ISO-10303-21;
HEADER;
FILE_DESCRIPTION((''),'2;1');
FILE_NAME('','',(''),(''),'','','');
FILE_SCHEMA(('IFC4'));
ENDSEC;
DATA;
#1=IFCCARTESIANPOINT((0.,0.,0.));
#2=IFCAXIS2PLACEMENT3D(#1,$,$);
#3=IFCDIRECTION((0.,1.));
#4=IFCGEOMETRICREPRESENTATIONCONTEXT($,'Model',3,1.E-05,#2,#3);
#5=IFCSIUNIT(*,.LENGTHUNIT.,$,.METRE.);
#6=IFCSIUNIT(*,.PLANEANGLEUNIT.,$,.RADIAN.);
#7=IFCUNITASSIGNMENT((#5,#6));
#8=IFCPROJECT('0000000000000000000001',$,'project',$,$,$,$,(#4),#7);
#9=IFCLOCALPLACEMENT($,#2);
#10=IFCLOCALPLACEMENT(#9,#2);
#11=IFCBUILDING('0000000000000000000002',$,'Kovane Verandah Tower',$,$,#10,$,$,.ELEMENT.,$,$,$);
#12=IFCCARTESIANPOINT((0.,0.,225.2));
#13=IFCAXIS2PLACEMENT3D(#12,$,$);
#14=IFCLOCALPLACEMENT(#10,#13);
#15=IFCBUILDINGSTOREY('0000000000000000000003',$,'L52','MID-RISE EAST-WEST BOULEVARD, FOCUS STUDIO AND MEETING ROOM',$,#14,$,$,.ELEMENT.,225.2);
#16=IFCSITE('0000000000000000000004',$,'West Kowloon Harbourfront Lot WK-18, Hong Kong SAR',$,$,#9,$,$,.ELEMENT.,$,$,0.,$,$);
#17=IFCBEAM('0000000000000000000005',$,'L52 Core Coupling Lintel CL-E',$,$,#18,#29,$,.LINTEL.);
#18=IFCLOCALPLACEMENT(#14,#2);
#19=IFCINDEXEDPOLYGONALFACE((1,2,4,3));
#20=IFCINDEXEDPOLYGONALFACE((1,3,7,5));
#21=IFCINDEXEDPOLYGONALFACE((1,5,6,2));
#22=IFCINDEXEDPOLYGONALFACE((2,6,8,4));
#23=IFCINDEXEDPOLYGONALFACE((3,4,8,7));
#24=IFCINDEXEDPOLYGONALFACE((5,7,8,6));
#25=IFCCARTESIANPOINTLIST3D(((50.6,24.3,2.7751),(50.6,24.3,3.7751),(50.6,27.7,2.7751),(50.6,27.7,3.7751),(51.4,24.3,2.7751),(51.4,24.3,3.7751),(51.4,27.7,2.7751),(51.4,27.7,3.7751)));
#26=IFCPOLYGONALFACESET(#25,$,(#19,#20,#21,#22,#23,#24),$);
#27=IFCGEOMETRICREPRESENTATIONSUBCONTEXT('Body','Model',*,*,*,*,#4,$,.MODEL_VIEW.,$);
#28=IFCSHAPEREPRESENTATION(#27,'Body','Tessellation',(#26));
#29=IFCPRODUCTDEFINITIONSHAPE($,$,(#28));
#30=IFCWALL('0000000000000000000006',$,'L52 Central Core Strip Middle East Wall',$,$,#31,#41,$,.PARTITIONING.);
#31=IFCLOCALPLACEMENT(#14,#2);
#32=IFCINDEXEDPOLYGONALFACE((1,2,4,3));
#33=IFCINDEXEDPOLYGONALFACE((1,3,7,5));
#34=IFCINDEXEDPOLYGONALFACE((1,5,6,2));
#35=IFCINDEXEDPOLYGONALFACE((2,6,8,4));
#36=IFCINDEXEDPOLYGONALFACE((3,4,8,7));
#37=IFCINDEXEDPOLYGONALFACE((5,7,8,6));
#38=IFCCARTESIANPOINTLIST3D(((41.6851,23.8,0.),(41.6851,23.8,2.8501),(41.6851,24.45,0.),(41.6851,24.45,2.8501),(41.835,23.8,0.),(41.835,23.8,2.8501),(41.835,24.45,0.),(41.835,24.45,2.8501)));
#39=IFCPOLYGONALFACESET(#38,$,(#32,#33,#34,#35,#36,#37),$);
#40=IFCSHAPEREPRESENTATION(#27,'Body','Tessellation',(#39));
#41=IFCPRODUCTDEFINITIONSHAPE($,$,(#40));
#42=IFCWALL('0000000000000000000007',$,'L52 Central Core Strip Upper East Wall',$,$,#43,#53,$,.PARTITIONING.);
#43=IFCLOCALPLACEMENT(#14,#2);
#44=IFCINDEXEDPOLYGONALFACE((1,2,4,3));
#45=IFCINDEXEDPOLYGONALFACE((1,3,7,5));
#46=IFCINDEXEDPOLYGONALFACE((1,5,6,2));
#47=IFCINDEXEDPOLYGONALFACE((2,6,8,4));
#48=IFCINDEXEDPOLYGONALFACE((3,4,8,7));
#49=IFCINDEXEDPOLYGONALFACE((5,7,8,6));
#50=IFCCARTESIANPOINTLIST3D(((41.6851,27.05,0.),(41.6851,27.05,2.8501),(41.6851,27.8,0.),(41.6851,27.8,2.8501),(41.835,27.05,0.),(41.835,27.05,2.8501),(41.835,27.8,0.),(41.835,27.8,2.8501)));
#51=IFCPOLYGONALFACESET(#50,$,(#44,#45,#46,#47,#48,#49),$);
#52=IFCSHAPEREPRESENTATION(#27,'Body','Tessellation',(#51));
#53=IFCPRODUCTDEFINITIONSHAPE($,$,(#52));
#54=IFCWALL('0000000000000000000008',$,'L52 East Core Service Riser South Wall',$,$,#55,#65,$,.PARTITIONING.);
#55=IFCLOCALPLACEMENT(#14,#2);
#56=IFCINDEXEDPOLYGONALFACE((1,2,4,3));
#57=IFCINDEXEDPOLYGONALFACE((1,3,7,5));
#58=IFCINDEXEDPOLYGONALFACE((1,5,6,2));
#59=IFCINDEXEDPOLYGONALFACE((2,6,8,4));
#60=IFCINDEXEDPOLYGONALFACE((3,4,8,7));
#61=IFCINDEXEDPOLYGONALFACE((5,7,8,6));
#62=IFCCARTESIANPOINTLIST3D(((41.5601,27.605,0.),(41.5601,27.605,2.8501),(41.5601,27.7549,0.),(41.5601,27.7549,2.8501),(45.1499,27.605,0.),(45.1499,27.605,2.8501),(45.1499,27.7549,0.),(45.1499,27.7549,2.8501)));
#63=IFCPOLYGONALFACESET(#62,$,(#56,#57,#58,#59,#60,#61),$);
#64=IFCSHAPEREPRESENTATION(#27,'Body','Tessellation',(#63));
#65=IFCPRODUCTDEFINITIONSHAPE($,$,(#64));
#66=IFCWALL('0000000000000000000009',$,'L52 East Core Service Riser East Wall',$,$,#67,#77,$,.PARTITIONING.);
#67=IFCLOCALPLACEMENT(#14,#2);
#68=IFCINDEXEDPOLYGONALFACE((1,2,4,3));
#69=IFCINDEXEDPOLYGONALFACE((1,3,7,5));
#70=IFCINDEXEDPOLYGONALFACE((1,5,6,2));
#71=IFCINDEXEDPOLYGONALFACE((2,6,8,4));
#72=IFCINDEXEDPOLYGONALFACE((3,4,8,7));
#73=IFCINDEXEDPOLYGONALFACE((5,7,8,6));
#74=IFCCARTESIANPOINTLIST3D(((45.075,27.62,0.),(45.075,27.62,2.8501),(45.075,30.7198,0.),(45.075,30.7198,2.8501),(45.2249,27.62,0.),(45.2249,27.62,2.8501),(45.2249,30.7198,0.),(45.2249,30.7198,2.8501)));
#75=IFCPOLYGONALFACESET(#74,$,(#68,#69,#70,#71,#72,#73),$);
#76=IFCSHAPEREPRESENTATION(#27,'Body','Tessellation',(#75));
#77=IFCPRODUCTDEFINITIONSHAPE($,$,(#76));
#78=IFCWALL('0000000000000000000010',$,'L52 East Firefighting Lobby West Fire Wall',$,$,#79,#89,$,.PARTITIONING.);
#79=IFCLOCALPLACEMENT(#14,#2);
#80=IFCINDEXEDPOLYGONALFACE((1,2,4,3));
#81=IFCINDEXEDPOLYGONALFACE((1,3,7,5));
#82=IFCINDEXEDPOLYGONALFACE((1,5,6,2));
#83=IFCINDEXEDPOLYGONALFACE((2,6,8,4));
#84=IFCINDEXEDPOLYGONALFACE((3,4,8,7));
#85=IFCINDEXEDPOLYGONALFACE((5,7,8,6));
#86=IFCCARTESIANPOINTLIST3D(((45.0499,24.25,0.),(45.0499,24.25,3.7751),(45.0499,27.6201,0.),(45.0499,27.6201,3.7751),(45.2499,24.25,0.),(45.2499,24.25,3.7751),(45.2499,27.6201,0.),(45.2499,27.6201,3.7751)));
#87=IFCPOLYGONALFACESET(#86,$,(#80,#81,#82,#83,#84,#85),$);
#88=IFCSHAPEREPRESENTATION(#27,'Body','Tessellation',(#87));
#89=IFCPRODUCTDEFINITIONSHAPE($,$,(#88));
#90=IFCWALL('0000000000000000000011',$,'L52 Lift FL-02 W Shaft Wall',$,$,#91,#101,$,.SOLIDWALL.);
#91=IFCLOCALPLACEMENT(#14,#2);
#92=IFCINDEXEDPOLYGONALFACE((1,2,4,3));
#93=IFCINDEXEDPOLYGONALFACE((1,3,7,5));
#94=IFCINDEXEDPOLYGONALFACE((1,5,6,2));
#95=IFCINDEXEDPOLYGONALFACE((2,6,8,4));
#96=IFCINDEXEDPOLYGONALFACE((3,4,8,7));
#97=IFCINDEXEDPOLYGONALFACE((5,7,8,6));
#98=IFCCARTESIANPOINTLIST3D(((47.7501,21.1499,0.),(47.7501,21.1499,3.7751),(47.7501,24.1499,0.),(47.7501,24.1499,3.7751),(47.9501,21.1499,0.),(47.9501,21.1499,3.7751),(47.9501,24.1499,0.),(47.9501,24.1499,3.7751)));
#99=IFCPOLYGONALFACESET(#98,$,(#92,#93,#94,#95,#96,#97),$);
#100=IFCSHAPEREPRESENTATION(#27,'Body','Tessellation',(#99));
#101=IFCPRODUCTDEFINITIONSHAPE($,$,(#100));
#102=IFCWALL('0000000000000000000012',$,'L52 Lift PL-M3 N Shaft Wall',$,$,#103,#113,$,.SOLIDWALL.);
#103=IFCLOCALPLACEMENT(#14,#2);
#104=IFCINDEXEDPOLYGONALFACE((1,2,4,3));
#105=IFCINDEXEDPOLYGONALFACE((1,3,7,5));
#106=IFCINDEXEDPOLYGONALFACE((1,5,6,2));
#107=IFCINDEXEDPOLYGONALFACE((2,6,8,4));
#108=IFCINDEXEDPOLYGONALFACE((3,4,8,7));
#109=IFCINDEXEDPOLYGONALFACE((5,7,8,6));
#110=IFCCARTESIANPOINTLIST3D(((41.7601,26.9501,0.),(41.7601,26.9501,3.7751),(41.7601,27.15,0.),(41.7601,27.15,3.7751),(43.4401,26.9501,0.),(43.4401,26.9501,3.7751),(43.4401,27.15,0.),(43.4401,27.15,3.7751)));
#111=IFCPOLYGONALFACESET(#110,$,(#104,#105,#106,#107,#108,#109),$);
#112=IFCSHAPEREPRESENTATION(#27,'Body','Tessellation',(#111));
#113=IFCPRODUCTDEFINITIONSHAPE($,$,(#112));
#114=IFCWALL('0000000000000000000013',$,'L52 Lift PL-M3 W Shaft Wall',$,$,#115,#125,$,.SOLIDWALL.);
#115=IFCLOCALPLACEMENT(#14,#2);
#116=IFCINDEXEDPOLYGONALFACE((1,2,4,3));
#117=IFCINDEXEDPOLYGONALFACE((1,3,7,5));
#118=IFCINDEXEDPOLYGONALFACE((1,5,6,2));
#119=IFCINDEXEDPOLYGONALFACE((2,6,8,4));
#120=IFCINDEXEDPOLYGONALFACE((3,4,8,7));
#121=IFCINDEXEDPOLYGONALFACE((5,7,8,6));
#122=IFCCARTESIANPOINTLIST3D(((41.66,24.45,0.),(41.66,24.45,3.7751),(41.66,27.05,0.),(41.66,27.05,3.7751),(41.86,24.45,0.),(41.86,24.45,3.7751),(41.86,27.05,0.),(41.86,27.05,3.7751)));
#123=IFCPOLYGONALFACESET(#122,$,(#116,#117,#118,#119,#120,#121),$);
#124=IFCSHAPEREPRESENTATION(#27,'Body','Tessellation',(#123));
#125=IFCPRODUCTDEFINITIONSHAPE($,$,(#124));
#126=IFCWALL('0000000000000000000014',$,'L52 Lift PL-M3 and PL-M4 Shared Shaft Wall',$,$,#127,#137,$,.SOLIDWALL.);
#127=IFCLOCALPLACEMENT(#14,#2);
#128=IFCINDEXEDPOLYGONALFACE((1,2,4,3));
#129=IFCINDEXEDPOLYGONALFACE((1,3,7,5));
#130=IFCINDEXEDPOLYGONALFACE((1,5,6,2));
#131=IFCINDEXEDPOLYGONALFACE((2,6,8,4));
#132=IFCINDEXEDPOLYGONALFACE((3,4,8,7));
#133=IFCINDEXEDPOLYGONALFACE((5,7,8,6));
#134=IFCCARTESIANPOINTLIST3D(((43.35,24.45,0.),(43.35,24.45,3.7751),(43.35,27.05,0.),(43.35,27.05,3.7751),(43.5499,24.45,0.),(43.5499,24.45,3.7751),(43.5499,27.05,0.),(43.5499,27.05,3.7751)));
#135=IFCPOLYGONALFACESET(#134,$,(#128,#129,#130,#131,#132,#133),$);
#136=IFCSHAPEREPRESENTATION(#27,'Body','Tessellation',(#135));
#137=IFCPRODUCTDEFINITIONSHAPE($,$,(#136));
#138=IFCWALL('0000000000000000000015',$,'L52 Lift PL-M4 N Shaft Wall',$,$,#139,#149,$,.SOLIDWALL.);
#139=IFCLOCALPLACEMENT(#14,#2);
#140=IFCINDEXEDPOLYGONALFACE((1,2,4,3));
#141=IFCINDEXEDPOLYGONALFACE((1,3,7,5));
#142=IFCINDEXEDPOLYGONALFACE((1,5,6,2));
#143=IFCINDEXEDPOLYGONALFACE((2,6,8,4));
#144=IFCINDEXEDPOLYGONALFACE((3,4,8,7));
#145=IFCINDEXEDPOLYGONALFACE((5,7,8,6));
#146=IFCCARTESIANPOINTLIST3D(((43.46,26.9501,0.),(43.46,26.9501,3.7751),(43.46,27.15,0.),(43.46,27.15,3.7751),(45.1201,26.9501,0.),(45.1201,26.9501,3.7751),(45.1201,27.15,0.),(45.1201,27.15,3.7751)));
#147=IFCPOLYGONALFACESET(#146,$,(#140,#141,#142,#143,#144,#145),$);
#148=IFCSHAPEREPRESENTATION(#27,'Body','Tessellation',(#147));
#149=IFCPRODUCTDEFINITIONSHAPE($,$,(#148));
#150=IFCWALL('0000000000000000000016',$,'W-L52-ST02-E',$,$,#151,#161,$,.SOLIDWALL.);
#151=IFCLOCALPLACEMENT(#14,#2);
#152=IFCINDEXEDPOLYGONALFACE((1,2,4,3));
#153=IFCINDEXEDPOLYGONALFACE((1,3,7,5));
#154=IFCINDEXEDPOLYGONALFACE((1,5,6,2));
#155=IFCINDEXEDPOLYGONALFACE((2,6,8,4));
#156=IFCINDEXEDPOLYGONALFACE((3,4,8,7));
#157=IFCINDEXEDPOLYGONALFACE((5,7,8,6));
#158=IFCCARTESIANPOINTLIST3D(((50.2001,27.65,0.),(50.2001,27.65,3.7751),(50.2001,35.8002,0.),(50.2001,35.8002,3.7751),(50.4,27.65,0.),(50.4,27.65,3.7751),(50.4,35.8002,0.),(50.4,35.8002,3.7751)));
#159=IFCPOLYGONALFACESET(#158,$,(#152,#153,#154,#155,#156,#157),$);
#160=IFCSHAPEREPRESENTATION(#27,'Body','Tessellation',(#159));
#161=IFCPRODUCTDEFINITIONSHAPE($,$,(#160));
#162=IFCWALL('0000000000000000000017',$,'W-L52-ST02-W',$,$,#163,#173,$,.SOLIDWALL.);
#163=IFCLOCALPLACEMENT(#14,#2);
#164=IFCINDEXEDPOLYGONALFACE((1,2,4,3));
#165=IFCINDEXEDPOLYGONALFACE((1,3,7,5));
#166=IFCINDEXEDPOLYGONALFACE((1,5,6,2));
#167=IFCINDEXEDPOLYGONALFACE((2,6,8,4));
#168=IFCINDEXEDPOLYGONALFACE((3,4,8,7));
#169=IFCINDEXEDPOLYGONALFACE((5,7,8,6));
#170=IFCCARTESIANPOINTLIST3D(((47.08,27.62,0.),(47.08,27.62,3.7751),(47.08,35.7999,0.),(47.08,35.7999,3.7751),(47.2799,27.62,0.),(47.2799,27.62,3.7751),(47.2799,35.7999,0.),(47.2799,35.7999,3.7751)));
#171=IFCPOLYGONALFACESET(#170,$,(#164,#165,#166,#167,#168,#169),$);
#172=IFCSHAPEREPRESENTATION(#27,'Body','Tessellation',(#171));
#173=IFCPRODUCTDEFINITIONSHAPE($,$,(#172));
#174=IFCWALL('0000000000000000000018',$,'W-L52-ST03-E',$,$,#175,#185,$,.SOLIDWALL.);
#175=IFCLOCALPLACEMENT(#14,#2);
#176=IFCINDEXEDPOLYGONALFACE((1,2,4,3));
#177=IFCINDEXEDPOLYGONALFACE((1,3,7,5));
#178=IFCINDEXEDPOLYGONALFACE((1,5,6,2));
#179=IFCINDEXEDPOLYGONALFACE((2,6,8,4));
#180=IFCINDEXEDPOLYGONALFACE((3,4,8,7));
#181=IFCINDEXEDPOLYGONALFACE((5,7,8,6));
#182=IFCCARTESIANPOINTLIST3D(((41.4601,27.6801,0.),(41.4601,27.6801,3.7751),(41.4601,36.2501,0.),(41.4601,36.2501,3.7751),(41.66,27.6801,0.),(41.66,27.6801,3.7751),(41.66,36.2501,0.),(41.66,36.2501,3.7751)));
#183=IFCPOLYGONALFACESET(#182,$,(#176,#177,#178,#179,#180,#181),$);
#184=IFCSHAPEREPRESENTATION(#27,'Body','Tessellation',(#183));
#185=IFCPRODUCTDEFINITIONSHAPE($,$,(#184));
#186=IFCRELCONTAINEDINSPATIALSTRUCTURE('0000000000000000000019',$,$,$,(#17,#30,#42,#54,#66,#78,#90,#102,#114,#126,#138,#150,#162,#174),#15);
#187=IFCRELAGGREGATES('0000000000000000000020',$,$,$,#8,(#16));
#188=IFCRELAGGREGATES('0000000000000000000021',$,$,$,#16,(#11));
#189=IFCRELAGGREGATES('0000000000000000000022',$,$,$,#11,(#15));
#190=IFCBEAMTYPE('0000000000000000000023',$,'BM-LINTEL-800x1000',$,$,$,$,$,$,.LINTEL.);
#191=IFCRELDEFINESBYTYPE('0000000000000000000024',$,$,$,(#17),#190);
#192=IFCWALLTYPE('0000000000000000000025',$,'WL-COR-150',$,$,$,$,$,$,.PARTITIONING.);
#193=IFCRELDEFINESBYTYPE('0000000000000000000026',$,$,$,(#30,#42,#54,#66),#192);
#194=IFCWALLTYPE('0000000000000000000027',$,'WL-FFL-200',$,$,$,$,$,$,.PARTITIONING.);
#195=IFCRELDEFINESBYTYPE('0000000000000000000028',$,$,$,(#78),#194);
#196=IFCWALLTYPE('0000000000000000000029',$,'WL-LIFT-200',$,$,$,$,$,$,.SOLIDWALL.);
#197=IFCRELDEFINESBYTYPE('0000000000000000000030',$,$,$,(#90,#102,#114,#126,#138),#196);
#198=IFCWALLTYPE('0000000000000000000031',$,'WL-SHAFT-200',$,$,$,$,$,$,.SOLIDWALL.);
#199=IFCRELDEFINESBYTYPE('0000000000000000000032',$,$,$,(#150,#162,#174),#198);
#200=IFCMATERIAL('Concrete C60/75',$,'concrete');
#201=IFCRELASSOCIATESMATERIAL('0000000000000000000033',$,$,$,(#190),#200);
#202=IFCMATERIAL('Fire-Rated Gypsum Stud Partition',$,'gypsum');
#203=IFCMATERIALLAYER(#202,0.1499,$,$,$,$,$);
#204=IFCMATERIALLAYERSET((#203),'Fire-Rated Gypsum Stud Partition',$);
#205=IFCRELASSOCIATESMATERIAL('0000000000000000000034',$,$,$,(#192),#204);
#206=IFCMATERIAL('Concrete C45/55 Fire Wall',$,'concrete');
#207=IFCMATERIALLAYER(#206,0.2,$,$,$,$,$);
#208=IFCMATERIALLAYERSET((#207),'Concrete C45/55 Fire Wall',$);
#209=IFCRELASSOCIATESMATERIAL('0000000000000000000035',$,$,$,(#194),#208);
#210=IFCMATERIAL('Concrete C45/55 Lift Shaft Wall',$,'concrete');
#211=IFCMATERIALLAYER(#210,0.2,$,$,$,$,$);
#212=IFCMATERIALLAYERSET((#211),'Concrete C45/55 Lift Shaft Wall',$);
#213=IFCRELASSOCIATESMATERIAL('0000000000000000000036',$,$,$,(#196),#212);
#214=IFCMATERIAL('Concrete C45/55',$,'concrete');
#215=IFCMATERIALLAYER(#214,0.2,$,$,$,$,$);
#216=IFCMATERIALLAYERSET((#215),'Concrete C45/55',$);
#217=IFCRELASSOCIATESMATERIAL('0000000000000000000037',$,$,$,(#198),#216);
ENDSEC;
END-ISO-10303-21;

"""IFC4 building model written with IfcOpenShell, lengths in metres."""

from ifc_helpers import new_model, si_unit, direction, frame, frame_2d, origin, origin_2d, place, context, subcontext, project, spatial, rectangle, extrude, material, layer, layer_set, material_profile, profile_set, type_object, element, save


model = new_model("IFC4")

# Units and contexts
model_context = context("Model", 3, precision=1e-05, world=origin(), true_north=direction((0.0, 1.0)))
body_context = subcontext(model_context, "Body", "Model", "MODEL_VIEW")
ifc_project = project(units=[si_unit("LENGTHUNIT", "METRE"), si_unit("PLANEANGLEUNIT", "RADIAN")], contexts=[model_context])

# Site, building, storey
site_placement = place(None, origin())
site = spatial("IfcSite", under=ifc_project, at=site_placement, Name="West Kowloon Harbourfront Lot WK-18, Hong Kong SAR", CompositionType="ELEMENT", RefElevation=0.0)
building_placement = place(site_placement, origin())
building = spatial("IfcBuilding", under=site, at=building_placement, Name="Kovane Verandah Tower", CompositionType="ELEMENT")
storey_placement = place(building_placement, frame((0.0, 0.0, 225.2)))
storey = spatial("IfcBuildingStorey", under=building, at=storey_placement, Name="L52", Description="MID-RISE EAST-WEST BOULEVARD, FOCUS STUDIO AND MEETING ROOM", CompositionType="ELEMENT", Elevation=225.2)

# Beam
ifc_material_1 = material(Name="Concrete C60/75", Category="concrete")
ifc_material_profile = material_profile(ifc_material_1, rectangle(XDim=0.8, YDim=1.0, at=origin_2d()), Name="RCB800x1000")
ifc_profile_set = profile_set([ifc_material_profile], Name="Concrete C60/75")
beam_type = type_object("IfcBeamType", Name="BM-LINTEL-800x1000", PredefinedType="LINTEL", material=ifc_profile_set)
beam_placement = place(storey_placement, frame((51.0, 24.3, 3.2751), z_axis=(0.0, 1.0, 0.0), x_axis=(-1.0, 0.0, 0.0)))
element("IfcBeam", 1, at=beam_placement, inside=storey, type_object=beam_type, Name="L52 Core Coupling Lintel CL-E", PredefinedType="LINTEL", context=body_context, shape_type="SweptSolid", body=[
    extrude(rectangle(XDim=0.8, YDim=1.0, at=origin_2d()), origin(), (0.0, 0.0, 1.0), 3.3999),
])

# Walls
ifc_material_2 = material(Name="Fire-Rated Gypsum Stud Partition", Category="gypsum")
ifc_layer_1 = layer(ifc_material_2, 0.1499)
ifc_layer_set_1 = layer_set([ifc_layer_1], Name="Fire-Rated Gypsum Stud Partition")
wall_type_1 = type_object("IfcWallType", Name="WL-COR-150", PredefinedType="PARTITIONING", material=ifc_layer_set_1)
wall_1_placement = place(storey_placement, frame((41.76, 23.8, 0.0), z_axis=(0.0, 0.0, 1.0), x_axis=(0.0, 1.0, 0.0)))
element("IfcWall", 2, at=wall_1_placement, inside=storey, type_object=wall_type_1, Name="L52 Central Core Strip Middle East Wall", PredefinedType="PARTITIONING", context=body_context, shape_type="SweptSolid", body=[
    extrude(rectangle(XDim=0.6499, YDim=0.1499, at=frame_2d((0.325, 0.0))), origin(), (0.0, 0.0, 1.0), 2.8501),
])
wall_2_placement = place(storey_placement, frame((41.76, 27.05, 0.0), z_axis=(0.0, 0.0, 1.0), x_axis=(0.0, 1.0, 0.0)))
element("IfcWall", 3, at=wall_2_placement, inside=storey, type_object=wall_type_1, Name="L52 Central Core Strip Upper East Wall", PredefinedType="PARTITIONING", context=body_context, shape_type="SweptSolid", body=[
    extrude(rectangle(XDim=0.75, YDim=0.1499, at=frame_2d((0.375, 0.0))), origin(), (0.0, 0.0, 1.0), 2.8501),
])
wall_3_placement = place(storey_placement, frame((41.5601, 27.6799, 0.0), z_axis=(0.0, 0.0, 1.0), x_axis=(1.0, 0.0, 0.0)))
element("IfcWall", 4, at=wall_3_placement, inside=storey, type_object=wall_type_1, Name="L52 East Core Service Riser South Wall", PredefinedType="PARTITIONING", context=body_context, shape_type="SweptSolid", body=[
    extrude(rectangle(XDim=3.5898, YDim=0.1499, at=frame_2d((1.7949, 0.0))), origin(), (0.0, 0.0, 1.0), 2.8501),
])
wall_4_placement = place(storey_placement, frame((45.1499, 27.6201, 0.0), z_axis=(0.0, 0.0, 1.0), x_axis=(0.0, 1.0, 0.0)))
element("IfcWall", 5, at=wall_4_placement, inside=storey, type_object=wall_type_1, Name="L52 East Core Service Riser East Wall", PredefinedType="PARTITIONING", context=body_context, shape_type="SweptSolid", body=[
    extrude(rectangle(XDim=3.0999, YDim=0.1499, at=frame_2d((1.5498, 0.0))), origin(), (0.0, 0.0, 1.0), 2.8501),
])
ifc_material_3 = material(Name="Concrete C45/55 Fire Wall", Category="concrete")
ifc_layer_2 = layer(ifc_material_3, 0.2)
ifc_layer_set_2 = layer_set([ifc_layer_2], Name="Concrete C45/55 Fire Wall")
wall_type_2 = type_object("IfcWallType", Name="WL-FFL-200", PredefinedType="PARTITIONING", material=ifc_layer_set_2)
wall_5_placement = place(storey_placement, frame((45.1499, 24.25, 0.0), z_axis=(0.0, 0.0, 1.0), x_axis=(0.0, 1.0, 0.0)))
element("IfcWall", 6, at=wall_5_placement, inside=storey, type_object=wall_type_2, Name="L52 East Firefighting Lobby West Fire Wall", PredefinedType="PARTITIONING", context=body_context, shape_type="SweptSolid", body=[
    extrude(rectangle(XDim=3.3701, YDim=0.2, at=frame_2d((1.6851, 0.0))), origin(), (0.0, 0.0, 1.0), 3.7751),
])

# Shared definitions
ifc_material_4 = material(Name="Concrete C45/55 Lift Shaft Wall", Category="concrete")
ifc_layer_3 = layer(ifc_material_4, 0.2)
ifc_layer_set_3 = layer_set([ifc_layer_3], Name="Concrete C45/55 Lift Shaft Wall")
wall_type_3 = type_object("IfcWallType", Name="WL-LIFT-200", PredefinedType="SOLIDWALL", material=ifc_layer_set_3)

# Wall
wall_6_placement = place(storey_placement, frame((47.8501, 24.1499, 0.0), z_axis=(0.0, 0.0, 1.0), x_axis=(0.0, -1.0, 0.0)))
element("IfcWall", 7, at=wall_6_placement, inside=storey, type_object=wall_type_3, Name="L52 Lift FL-02 W Shaft Wall", PredefinedType="SOLIDWALL", context=body_context, shape_type="SweptSolid", body=[
    extrude(rectangle(XDim=3.0, YDim=0.2, at=frame_2d((1.5, 0.0))), origin(), (0.0, 0.0, 1.0), 3.7751),
])

# Walls
wall_7_placement = place(storey_placement, frame((43.4399, 27.05, 0.0), z_axis=(0.0, 0.0, 1.0), x_axis=(-1.0, 0.0, 0.0)))
element("IfcWall", 8, at=wall_7_placement, inside=storey, type_object=wall_type_3, Name="L52 Lift PL-M3 N Shaft Wall", PredefinedType="SOLIDWALL", context=body_context, shape_type="SweptSolid", body=[
    extrude(rectangle(XDim=1.6799, YDim=0.2, at=frame_2d((0.8398, 0.0))), origin(), (0.0, 0.0, 1.0), 3.7751),
])
for number, where, z_axis, x_axis, name in (
    (9, (41.76, 27.05, 0.0), (0.0, 0.0, 1.0), (0.0, -1.0, 0.0), "L52 Lift PL-M3 W Shaft Wall"),
    (10, (43.45, 24.45, 0.0), (0.0, 0.0, 1.0), (0.0, 1.0, 0.0), "L52 Lift PL-M3 and PL-M4 Shared Shaft Wall"),
):
    element("IfcWall", number, at=place(storey_placement, frame(where, z_axis=z_axis, x_axis=x_axis)), inside=storey, type_object=wall_type_3, Name=name, PredefinedType="SOLIDWALL", context=body_context, shape_type="SweptSolid", body=[
        extrude(rectangle(XDim=2.6001, YDim=0.2, at=frame_2d((1.3, 0.0))), origin(), (0.0, 0.0, 1.0), 3.7751),
    ])

# Walls
wall_8_placement = place(storey_placement, frame((45.1201, 27.05, 0.0), z_axis=(0.0, 0.0, 1.0), x_axis=(-1.0, 0.0, 0.0)))
element("IfcWall", 11, at=wall_8_placement, inside=storey, type_object=wall_type_3, Name="L52 Lift PL-M4 N Shaft Wall", PredefinedType="SOLIDWALL", context=body_context, shape_type="SweptSolid", body=[
    extrude(rectangle(XDim=1.6602, YDim=0.2, at=frame_2d((0.8301, 0.0))), origin(), (0.0, 0.0, 1.0), 3.7751),
])
ifc_material_5 = material(Name="Concrete C45/55", Category="concrete")
ifc_layer_4 = layer(ifc_material_5, 0.2)
ifc_layer_set_4 = layer_set([ifc_layer_4], Name="Concrete C45/55")
wall_type_4 = type_object("IfcWallType", Name="WL-SHAFT-200", PredefinedType="SOLIDWALL", material=ifc_layer_set_4)
wall_9_placement = place(storey_placement, frame((50.3, 27.6499, 0.0), z_axis=(0.0, 0.0, 1.0), x_axis=(0.0, 1.0, 0.0)))
element("IfcWall", 12, at=wall_9_placement, inside=storey, type_object=wall_type_4, Name="W-L52-ST02-E", PredefinedType="SOLIDWALL", context=body_context, shape_type="SweptSolid", body=[
    extrude(rectangle(XDim=8.1501, YDim=0.2, at=frame_2d((4.0752, 0.0))), origin(), (0.0, 0.0, 1.0), 3.7751),
])
wall_10_placement = place(storey_placement, frame((47.1799, 27.6201, 0.0), z_axis=(0.0, 0.0, 1.0), x_axis=(0.0, 1.0, 0.0)))
element("IfcWall", 13, at=wall_10_placement, inside=storey, type_object=wall_type_4, Name="W-L52-ST02-W", PredefinedType="SOLIDWALL", context=body_context, shape_type="SweptSolid", body=[
    extrude(rectangle(XDim=8.1799, YDim=0.2, at=frame_2d((4.0898, 0.0))), origin(), (0.0, 0.0, 1.0), 3.7751),
])

# Wall
wall_11_placement = place(storey_placement, frame((41.5601, 27.6799, 0.0), z_axis=(0.0, 0.0, 1.0), x_axis=(0.0, 1.0, 0.0)))
element("IfcWall", 14, at=wall_11_placement, inside=storey, type_object=wall_type_4, Name="W-L52-ST03-E", PredefinedType="SOLIDWALL", context=body_context, shape_type="SweptSolid", body=[
    extrude(rectangle(XDim=8.5701, YDim=0.2, at=frame_2d((4.2852, 0.0))), origin(), (0.0, 0.0, 1.0), 3.7751),
])

save(model, "model.ifc")
